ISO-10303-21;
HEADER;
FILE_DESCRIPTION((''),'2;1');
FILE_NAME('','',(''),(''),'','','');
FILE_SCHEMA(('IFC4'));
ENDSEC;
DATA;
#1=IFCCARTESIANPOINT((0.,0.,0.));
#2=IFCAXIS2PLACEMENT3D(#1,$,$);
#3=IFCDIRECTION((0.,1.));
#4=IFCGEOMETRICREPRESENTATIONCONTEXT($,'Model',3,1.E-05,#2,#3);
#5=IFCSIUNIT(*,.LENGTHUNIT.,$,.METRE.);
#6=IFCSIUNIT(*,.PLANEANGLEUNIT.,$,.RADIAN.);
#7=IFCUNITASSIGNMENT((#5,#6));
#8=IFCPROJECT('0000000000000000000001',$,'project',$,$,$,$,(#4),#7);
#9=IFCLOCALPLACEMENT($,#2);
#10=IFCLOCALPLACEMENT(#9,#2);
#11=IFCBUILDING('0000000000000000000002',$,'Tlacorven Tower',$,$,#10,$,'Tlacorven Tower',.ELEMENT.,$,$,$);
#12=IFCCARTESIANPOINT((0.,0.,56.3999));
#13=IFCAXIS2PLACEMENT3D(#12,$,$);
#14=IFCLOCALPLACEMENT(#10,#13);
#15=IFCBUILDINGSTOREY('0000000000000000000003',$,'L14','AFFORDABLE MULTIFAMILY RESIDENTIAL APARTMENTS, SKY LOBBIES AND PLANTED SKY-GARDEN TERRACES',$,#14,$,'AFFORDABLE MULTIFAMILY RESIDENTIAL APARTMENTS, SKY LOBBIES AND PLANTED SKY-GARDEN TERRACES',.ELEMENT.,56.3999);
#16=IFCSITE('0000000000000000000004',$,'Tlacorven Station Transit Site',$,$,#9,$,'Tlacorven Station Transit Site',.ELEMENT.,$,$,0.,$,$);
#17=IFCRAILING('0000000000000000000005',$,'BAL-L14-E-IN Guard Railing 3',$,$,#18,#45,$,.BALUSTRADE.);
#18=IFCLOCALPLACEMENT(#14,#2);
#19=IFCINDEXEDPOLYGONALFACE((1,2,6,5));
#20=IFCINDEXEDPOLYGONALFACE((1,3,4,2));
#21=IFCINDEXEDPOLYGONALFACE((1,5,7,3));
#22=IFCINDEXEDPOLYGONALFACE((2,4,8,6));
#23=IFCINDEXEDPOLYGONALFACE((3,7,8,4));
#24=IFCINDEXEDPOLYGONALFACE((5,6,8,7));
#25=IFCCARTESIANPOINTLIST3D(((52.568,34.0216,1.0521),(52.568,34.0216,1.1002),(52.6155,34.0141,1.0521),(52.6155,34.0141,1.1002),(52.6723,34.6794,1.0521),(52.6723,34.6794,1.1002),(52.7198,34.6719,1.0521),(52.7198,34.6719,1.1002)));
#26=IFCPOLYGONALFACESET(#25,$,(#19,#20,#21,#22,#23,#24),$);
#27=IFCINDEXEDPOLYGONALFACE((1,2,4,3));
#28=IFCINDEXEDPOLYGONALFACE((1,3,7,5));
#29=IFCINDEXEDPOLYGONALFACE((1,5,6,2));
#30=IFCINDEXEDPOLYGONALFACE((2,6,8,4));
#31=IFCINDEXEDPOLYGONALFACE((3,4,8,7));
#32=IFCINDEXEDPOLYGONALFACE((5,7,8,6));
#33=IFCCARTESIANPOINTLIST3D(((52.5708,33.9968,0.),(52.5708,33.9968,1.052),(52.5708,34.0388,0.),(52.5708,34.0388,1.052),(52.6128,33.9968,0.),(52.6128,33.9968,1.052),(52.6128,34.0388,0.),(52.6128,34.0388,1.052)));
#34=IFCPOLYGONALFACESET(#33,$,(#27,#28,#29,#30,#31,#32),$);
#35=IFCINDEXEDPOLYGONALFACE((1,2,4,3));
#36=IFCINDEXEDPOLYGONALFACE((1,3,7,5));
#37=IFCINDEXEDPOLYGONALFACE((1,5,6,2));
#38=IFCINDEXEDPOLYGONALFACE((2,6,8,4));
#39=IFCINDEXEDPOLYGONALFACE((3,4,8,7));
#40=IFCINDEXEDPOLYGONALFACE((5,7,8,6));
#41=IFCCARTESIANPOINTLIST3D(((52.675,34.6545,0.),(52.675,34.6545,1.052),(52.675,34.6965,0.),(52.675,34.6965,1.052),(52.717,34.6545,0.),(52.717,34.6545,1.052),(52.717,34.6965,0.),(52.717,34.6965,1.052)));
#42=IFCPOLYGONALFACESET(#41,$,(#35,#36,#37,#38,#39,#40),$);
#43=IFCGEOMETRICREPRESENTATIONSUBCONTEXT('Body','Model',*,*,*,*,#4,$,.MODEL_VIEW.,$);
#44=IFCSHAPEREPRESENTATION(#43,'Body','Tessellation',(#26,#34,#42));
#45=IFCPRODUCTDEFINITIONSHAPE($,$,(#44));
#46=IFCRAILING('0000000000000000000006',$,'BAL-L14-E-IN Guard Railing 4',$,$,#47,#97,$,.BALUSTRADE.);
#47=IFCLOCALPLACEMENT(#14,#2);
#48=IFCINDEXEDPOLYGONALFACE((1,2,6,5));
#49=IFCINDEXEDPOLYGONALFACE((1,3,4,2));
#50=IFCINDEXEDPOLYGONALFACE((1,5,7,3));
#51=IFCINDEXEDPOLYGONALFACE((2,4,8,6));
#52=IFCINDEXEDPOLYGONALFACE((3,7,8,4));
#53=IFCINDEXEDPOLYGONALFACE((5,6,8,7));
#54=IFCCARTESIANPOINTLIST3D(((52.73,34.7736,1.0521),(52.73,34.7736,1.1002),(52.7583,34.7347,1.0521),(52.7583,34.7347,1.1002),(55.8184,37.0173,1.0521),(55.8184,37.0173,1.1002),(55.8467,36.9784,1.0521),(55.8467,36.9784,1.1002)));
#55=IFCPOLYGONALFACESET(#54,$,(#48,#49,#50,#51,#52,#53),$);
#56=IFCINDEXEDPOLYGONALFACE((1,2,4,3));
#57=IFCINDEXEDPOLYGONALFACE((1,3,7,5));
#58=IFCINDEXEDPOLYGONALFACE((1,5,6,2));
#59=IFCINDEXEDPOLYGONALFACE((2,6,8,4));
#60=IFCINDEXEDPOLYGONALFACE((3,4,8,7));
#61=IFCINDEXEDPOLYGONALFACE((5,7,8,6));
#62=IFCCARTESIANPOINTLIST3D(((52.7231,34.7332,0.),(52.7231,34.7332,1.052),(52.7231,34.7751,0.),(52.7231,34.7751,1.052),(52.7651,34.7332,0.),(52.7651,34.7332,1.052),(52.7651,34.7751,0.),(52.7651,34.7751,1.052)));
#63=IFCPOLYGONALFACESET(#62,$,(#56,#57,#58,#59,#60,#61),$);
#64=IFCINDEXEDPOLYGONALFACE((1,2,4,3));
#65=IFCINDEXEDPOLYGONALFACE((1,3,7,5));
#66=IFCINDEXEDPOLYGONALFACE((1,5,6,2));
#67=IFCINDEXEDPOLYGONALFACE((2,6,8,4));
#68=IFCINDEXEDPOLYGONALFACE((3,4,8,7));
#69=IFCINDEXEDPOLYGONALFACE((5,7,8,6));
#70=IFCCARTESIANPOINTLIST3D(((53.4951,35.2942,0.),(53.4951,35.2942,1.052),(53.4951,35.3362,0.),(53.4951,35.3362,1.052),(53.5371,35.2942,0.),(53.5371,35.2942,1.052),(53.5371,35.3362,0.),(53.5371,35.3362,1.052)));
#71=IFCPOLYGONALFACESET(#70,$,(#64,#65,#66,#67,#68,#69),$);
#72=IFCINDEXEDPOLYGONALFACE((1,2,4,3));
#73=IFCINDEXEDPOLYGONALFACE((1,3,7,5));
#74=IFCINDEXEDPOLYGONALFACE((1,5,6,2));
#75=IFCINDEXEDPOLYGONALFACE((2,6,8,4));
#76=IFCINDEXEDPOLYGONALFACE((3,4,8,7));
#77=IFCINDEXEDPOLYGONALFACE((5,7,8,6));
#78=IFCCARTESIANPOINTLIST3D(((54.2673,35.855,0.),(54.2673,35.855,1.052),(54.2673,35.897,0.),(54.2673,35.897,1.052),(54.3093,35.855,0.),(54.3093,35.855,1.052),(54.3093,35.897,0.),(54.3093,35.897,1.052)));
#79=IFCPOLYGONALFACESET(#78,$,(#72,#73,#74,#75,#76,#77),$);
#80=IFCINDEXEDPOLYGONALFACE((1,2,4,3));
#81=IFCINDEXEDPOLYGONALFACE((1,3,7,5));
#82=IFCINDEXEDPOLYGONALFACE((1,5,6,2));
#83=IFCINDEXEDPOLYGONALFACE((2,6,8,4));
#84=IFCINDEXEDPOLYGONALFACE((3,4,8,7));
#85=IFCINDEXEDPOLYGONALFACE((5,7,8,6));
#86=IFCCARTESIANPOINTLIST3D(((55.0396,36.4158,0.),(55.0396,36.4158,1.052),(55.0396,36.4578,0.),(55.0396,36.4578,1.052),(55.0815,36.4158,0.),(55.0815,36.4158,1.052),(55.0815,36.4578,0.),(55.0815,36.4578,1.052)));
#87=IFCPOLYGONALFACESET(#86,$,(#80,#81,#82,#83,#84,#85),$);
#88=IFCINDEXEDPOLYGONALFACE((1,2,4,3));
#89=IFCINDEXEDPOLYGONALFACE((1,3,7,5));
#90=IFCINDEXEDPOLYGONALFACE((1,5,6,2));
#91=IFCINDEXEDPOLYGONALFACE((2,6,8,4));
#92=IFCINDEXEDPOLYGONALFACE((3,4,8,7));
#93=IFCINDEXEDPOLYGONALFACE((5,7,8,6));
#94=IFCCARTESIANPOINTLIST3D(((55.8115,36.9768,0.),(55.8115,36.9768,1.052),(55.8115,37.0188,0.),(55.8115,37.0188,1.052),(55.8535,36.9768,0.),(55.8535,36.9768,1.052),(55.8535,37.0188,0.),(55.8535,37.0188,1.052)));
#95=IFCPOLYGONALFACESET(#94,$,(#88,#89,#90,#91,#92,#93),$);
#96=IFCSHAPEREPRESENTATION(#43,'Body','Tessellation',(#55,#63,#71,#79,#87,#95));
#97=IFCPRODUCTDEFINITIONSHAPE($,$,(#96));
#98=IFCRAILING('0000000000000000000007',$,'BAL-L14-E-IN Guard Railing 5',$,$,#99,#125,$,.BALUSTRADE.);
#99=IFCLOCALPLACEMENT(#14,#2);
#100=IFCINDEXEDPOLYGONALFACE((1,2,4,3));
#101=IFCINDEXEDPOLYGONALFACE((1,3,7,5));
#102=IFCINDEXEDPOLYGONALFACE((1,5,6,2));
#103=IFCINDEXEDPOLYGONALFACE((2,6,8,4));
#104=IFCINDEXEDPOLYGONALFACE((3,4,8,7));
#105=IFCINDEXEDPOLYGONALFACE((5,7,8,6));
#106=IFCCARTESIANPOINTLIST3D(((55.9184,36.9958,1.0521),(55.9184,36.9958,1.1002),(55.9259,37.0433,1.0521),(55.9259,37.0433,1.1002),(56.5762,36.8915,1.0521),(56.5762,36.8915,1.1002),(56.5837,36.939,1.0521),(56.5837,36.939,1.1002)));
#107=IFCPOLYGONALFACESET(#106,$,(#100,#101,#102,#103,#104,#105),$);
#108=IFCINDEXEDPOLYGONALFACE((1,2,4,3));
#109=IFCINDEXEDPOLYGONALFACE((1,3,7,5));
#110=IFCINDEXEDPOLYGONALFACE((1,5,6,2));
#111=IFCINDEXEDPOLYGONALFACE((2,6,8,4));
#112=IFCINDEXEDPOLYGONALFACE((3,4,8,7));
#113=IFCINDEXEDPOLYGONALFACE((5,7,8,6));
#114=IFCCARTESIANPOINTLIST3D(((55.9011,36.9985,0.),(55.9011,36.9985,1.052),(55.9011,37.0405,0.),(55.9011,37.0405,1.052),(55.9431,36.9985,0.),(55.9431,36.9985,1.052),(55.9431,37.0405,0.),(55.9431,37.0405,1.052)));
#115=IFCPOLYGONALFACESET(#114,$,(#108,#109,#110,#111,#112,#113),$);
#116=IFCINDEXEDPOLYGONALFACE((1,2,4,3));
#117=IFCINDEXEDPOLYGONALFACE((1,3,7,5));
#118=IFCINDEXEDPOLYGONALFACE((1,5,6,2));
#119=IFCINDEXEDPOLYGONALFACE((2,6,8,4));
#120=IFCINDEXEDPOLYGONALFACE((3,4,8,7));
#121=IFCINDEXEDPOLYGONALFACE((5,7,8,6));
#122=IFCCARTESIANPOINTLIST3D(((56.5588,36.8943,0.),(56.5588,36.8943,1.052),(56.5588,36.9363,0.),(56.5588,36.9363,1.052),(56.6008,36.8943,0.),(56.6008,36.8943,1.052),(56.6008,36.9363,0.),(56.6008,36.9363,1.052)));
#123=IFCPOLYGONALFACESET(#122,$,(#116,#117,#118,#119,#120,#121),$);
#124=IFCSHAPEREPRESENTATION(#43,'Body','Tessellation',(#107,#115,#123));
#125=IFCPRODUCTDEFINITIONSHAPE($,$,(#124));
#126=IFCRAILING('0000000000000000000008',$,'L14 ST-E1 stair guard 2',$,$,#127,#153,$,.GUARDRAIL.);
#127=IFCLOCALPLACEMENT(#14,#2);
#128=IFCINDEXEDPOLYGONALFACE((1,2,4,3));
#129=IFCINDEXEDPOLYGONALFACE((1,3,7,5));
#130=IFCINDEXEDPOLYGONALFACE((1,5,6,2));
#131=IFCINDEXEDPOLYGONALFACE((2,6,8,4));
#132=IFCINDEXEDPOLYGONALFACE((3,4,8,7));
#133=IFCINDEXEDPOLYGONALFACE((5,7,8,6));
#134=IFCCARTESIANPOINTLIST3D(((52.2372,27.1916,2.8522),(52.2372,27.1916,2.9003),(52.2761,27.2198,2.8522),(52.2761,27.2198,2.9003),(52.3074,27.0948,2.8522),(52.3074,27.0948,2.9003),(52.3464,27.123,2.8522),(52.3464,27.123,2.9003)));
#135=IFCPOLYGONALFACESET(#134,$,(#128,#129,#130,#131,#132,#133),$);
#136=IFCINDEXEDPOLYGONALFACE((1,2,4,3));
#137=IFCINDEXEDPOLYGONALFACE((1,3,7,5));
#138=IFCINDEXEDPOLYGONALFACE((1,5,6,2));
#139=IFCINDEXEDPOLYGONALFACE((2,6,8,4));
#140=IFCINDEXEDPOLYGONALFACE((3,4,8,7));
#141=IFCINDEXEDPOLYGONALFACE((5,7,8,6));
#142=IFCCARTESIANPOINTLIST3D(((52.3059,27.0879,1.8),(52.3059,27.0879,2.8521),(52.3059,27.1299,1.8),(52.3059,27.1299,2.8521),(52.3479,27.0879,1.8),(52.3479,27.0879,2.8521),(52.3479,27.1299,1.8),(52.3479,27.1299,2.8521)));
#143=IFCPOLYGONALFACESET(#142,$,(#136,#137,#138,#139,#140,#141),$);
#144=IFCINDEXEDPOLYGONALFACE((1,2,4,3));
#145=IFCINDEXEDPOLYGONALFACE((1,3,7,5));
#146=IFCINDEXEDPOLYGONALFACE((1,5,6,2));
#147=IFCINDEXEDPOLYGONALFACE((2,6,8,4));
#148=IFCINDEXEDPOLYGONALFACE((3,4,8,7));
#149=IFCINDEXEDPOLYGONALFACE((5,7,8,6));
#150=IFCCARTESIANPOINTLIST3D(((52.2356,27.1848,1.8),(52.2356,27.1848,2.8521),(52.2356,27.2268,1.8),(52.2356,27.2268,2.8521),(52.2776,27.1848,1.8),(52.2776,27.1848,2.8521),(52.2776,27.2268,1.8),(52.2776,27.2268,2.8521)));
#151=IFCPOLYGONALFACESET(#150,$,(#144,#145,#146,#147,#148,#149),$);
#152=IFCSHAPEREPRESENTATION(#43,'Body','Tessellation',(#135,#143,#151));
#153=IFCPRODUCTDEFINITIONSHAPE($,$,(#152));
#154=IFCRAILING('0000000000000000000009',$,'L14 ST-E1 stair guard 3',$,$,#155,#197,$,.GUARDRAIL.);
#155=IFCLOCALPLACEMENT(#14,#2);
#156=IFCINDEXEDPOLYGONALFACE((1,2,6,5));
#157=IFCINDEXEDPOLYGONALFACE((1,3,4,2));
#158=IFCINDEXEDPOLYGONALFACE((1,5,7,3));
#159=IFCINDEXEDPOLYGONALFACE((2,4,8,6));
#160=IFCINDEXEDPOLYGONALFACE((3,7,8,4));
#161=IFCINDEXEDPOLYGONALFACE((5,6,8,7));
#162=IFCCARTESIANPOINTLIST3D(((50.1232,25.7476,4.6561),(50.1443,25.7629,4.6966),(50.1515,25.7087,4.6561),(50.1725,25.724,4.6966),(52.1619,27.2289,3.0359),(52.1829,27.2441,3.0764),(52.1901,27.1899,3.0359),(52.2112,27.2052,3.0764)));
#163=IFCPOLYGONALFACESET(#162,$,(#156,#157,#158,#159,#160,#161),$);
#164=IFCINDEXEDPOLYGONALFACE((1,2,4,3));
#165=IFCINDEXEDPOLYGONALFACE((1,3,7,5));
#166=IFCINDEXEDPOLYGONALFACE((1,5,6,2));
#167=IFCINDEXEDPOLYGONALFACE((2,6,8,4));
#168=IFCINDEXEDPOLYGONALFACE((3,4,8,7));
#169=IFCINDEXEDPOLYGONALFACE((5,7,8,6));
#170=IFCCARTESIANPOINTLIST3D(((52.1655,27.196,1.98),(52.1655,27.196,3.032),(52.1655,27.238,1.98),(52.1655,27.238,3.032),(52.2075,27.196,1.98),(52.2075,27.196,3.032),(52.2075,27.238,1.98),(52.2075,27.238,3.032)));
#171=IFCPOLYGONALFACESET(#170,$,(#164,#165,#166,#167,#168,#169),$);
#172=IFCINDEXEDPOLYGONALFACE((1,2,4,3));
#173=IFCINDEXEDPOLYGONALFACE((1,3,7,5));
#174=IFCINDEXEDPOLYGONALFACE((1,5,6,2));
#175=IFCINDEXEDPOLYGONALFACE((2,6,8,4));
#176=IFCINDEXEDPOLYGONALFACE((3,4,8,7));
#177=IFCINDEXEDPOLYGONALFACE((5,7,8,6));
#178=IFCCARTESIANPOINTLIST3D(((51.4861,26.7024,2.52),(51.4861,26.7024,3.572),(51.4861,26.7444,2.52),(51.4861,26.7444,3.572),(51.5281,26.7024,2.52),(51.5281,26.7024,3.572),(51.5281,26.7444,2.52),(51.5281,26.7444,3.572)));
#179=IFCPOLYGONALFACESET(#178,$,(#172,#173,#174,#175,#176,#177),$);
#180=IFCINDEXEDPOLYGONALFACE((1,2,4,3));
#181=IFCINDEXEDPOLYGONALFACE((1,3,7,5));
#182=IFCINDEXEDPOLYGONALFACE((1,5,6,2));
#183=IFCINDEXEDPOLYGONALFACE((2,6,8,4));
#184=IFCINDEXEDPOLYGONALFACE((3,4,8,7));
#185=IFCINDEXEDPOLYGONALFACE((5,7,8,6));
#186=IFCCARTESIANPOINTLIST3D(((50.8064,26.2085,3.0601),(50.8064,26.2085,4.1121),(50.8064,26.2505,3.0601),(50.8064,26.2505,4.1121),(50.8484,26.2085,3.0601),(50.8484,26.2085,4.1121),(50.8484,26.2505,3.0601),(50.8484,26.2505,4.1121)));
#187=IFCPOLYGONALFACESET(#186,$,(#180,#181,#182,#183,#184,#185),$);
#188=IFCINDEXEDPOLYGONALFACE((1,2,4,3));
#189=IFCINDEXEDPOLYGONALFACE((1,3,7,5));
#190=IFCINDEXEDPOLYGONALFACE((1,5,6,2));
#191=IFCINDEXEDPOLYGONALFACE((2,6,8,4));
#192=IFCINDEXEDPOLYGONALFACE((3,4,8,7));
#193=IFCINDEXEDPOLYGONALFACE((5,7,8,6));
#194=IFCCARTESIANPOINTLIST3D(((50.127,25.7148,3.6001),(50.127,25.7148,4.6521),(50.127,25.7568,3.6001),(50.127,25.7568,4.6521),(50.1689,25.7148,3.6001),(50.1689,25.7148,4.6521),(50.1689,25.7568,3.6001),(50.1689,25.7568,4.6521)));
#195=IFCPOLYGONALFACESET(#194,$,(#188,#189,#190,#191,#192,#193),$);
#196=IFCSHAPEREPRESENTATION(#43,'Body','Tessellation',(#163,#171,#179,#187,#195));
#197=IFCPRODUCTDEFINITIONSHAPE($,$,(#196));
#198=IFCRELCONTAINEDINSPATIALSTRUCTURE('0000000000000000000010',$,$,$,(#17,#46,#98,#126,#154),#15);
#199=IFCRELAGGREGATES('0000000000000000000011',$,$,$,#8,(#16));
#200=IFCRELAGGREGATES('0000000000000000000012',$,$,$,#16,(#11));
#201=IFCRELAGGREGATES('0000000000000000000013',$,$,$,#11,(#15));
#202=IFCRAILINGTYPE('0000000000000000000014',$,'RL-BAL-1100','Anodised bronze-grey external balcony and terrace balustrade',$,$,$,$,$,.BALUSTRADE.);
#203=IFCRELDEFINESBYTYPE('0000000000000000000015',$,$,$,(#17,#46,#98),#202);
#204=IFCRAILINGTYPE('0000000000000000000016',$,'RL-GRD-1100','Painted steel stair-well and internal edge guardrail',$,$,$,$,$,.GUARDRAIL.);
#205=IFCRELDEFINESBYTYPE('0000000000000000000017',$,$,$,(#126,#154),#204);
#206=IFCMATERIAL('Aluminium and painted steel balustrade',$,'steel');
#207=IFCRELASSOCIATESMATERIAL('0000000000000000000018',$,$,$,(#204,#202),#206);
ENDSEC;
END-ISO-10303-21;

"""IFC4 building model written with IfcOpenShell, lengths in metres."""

from ifc_helpers import new_model, si_unit, direction, frame, origin, origin_2d, place, context, subcontext, project, spatial, rectangle, extrude, source, transform, mapped, material, type_object, element, save


model = new_model("IFC4")

# Units and contexts
model_context = context("Model", 3, precision=1e-05, world=origin(), true_north=direction((0.0, 1.0)))
body_context = subcontext(model_context, "Body", "Model", "MODEL_VIEW")
ifc_project = project(units=[si_unit("LENGTHUNIT", "METRE"), si_unit("PLANEANGLEUNIT", "RADIAN")], contexts=[model_context])

# Site, building, storey
site_placement = place(None, origin())
site = spatial("IfcSite", under=ifc_project, at=site_placement, Name="Tlacorven Station Transit Site", LongName="Tlacorven Station Transit Site", CompositionType="ELEMENT", RefElevation=0.0)
building_placement = place(site_placement, origin())
building = spatial("IfcBuilding", under=site, at=building_placement, Name="Tlacorven Tower", LongName="Tlacorven Tower", CompositionType="ELEMENT")
storey_placement = place(building_placement, frame((0.0, 0.0, 56.3999)))
storey = spatial("IfcBuildingStorey", under=building, at=storey_placement, Name="L14", Description="AFFORDABLE MULTIFAMILY RESIDENTIAL APARTMENTS, SKY LOBBIES AND PLANTED SKY-GARDEN TERRACES", LongName="AFFORDABLE MULTIFAMILY RESIDENTIAL APARTMENTS, SKY LOBBIES AND PLANTED SKY-GARDEN TERRACES", CompositionType="ELEMENT", Elevation=56.3999)

# Railings
ifc_material_1 = material(Name="Aluminium and painted steel balustrade", Category="steel")
railing_type_1 = type_object("IfcRailingType", Name="RL-GRD-1100", Description="Painted steel stair-well and internal edge guardrail", PredefinedType="GUARDRAIL", material=ifc_material_1)
railing_type_2 = type_object("IfcRailingType", Name="RL-BAL-1100", Description="Anodised bronze-grey external balcony and terrace balustrade", PredefinedType="BALUSTRADE", material=ifc_material_1)
shared_shape_1 = source(origin(), body_context, "Body", "SweptSolid", [
    extrude(rectangle(XDim=0.0481, YDim=0.0481, at=origin_2d()), frame((0.0, 0.0, 1.0762), z_axis=(0.156546, 0.987671, 0.0), x_axis=(-0.987671, 0.156546, 0.0)), (0.0, 0.0, 1.0), 0.666),
    extrude(rectangle(XDim=0.042, YDim=0.042, at=origin_2d()), origin(), (0.0, 0.0, 1.0), 1.052),
    extrude(rectangle(XDim=0.042, YDim=0.042, at=origin_2d()), frame((0.1042, 0.6577, 0.0)), (0.0, 0.0, 1.0), 1.052),
])
railing_1_placement = place(storey_placement, frame((52.5918, 34.0178, 0.0)))
element("IfcRailing", 1, at=railing_1_placement, inside=storey, type_object=railing_type_2, Name="BAL-L14-E-IN Guard Railing 3", PredefinedType="BALUSTRADE", context=body_context, shape_type="MappedRepresentation", body=[
    mapped(shared_shape_1, transform((0.0, 0.0, 0.0), scale=1.0)),
])
shared_shape_2 = source(origin(), body_context, "Body", "SweptSolid", [
    extrude(rectangle(XDim=0.0481, YDim=0.0481, at=origin_2d()), frame((0.0, 0.0, 1.0762), z_axis=(0.80904, 0.587753, 0.0), x_axis=(-0.587753, 0.80904, 0.0)), (0.0, 0.0, 1.0), 3.8174),
    extrude(rectangle(XDim=0.042, YDim=0.042, at=origin_2d()), origin(), (0.0, 0.0, 1.0), 1.052),
    extrude(rectangle(XDim=0.042, YDim=0.042, at=origin_2d()), frame((0.772, 0.561, 0.0)), (0.0, 0.0, 1.0), 1.052),
    extrude(rectangle(XDim=0.042, YDim=0.042, at=origin_2d()), frame((1.5442, 1.1218, 0.0)), (0.0, 0.0, 1.0), 1.052),
    extrude(rectangle(XDim=0.042, YDim=0.042, at=origin_2d()), frame((2.3164, 1.6826, 0.0)), (0.0, 0.0, 1.0), 1.052),
    extrude(rectangle(XDim=0.042, YDim=0.042, at=origin_2d()), frame((3.0884, 2.2437, 0.0)), (0.0, 0.0, 1.0), 1.052),
])
railing_2_placement = place(storey_placement, frame((52.7441, 34.7542, 0.0)))
element("IfcRailing", 2, at=railing_2_placement, inside=storey, type_object=railing_type_2, Name="BAL-L14-E-IN Guard Railing 4", PredefinedType="BALUSTRADE", context=body_context, shape_type="MappedRepresentation", body=[
    mapped(shared_shape_2, transform((0.0, 0.0, 0.0), scale=1.0)),
])
shared_shape_3 = source(origin(), body_context, "Body", "SweptSolid", [
    extrude(rectangle(XDim=0.0481, YDim=0.0481, at=origin_2d()), frame((0.0, 0.0, 1.0762), z_axis=(0.987671, -0.156546, 0.0), x_axis=(0.156546, 0.987671, 0.0)), (0.0, 0.0, 1.0), 0.666),
    extrude(rectangle(XDim=0.042, YDim=0.042, at=origin_2d()), origin(), (0.0, 0.0, 1.0), 1.052),
    extrude(rectangle(XDim=0.042, YDim=0.042, at=origin_2d()), frame((0.6577, -0.1042, 0.0)), (0.0, 0.0, 1.0), 1.052),
])
railing_3_placement = place(storey_placement, frame((55.9221, 37.0195, 0.0)))
element("IfcRailing", 3, at=railing_3_placement, inside=storey, type_object=railing_type_2, Name="BAL-L14-E-IN Guard Railing 5", PredefinedType="BALUSTRADE", context=body_context, shape_type="MappedRepresentation", body=[
    mapped(shared_shape_3, transform((0.0, 0.0, 0.0), scale=1.0)),
])
shared_shape_4 = source(origin(), body_context, "Body", "SweptSolid", [
    extrude(rectangle(XDim=0.0481, YDim=0.0481, at=origin_2d()), frame((0.0, 0.0, 1.0762), z_axis=(-0.587201, 0.809441, 0.0), x_axis=(-0.809441, -0.587201, 0.0)), (0.0, 0.0, 1.0), 0.1196),
    extrude(rectangle(XDim=0.042, YDim=0.042, at=origin_2d()), origin(), (0.0, 0.0, 1.0), 1.052),
    extrude(rectangle(XDim=0.042, YDim=0.042, at=origin_2d()), frame((-0.0703, 0.0969, 0.0)), (0.0, 0.0, 1.0), 1.052),
])
railing_4_placement = place(storey_placement, frame((52.3269, 27.1089, 1.8)))
element("IfcRailing", 4, at=railing_4_placement, inside=storey, type_object=railing_type_1, Name="L14 ST-E1 stair guard 2", PredefinedType="GUARDRAIL", context=body_context, shape_type="MappedRepresentation", body=[
    mapped(shared_shape_4, transform((0.0, 0.0, 0.0), scale=1.0)),
])
shared_shape_5 = source(origin(), body_context, "Body", "SweptSolid", [
    extrude(rectangle(XDim=0.0481, YDim=0.0481, at=origin_2d()), frame((0.0, 0.0, 1.0762), z_axis=(-0.680489, -0.494434, 0.540805), x_axis=(0.587809, -0.809, 0.0)), (0.0, 0.0, 1.0), 2.9958),
    extrude(rectangle(XDim=0.042, YDim=0.042, at=origin_2d()), origin(), (0.0, 0.0, 1.0), 1.052),
    extrude(rectangle(XDim=0.042, YDim=0.042, at=origin_2d()), frame((-0.6794, -0.4937, 0.54)), (0.0, 0.0, 1.0), 1.052),
    extrude(rectangle(XDim=0.042, YDim=0.042, at=origin_2d()), frame((-1.3591, -0.9875, 1.0801)), (0.0, 0.0, 1.0), 1.052),
    extrude(rectangle(XDim=0.042, YDim=0.042, at=origin_2d()), frame((-2.0386, -1.4812, 1.6201)), (0.0, 0.0, 1.0), 1.052),
])
railing_5_placement = place(storey_placement, frame((52.1865, 27.217, 1.98)))
element("IfcRailing", 5, at=railing_5_placement, inside=storey, type_object=railing_type_1, Name="L14 ST-E1 stair guard 3", PredefinedType="GUARDRAIL", context=body_context, shape_type="MappedRepresentation", body=[
    mapped(shared_shape_5, transform((0.0, 0.0, 0.0), scale=1.0)),
])

save(model, "model.ifc")
